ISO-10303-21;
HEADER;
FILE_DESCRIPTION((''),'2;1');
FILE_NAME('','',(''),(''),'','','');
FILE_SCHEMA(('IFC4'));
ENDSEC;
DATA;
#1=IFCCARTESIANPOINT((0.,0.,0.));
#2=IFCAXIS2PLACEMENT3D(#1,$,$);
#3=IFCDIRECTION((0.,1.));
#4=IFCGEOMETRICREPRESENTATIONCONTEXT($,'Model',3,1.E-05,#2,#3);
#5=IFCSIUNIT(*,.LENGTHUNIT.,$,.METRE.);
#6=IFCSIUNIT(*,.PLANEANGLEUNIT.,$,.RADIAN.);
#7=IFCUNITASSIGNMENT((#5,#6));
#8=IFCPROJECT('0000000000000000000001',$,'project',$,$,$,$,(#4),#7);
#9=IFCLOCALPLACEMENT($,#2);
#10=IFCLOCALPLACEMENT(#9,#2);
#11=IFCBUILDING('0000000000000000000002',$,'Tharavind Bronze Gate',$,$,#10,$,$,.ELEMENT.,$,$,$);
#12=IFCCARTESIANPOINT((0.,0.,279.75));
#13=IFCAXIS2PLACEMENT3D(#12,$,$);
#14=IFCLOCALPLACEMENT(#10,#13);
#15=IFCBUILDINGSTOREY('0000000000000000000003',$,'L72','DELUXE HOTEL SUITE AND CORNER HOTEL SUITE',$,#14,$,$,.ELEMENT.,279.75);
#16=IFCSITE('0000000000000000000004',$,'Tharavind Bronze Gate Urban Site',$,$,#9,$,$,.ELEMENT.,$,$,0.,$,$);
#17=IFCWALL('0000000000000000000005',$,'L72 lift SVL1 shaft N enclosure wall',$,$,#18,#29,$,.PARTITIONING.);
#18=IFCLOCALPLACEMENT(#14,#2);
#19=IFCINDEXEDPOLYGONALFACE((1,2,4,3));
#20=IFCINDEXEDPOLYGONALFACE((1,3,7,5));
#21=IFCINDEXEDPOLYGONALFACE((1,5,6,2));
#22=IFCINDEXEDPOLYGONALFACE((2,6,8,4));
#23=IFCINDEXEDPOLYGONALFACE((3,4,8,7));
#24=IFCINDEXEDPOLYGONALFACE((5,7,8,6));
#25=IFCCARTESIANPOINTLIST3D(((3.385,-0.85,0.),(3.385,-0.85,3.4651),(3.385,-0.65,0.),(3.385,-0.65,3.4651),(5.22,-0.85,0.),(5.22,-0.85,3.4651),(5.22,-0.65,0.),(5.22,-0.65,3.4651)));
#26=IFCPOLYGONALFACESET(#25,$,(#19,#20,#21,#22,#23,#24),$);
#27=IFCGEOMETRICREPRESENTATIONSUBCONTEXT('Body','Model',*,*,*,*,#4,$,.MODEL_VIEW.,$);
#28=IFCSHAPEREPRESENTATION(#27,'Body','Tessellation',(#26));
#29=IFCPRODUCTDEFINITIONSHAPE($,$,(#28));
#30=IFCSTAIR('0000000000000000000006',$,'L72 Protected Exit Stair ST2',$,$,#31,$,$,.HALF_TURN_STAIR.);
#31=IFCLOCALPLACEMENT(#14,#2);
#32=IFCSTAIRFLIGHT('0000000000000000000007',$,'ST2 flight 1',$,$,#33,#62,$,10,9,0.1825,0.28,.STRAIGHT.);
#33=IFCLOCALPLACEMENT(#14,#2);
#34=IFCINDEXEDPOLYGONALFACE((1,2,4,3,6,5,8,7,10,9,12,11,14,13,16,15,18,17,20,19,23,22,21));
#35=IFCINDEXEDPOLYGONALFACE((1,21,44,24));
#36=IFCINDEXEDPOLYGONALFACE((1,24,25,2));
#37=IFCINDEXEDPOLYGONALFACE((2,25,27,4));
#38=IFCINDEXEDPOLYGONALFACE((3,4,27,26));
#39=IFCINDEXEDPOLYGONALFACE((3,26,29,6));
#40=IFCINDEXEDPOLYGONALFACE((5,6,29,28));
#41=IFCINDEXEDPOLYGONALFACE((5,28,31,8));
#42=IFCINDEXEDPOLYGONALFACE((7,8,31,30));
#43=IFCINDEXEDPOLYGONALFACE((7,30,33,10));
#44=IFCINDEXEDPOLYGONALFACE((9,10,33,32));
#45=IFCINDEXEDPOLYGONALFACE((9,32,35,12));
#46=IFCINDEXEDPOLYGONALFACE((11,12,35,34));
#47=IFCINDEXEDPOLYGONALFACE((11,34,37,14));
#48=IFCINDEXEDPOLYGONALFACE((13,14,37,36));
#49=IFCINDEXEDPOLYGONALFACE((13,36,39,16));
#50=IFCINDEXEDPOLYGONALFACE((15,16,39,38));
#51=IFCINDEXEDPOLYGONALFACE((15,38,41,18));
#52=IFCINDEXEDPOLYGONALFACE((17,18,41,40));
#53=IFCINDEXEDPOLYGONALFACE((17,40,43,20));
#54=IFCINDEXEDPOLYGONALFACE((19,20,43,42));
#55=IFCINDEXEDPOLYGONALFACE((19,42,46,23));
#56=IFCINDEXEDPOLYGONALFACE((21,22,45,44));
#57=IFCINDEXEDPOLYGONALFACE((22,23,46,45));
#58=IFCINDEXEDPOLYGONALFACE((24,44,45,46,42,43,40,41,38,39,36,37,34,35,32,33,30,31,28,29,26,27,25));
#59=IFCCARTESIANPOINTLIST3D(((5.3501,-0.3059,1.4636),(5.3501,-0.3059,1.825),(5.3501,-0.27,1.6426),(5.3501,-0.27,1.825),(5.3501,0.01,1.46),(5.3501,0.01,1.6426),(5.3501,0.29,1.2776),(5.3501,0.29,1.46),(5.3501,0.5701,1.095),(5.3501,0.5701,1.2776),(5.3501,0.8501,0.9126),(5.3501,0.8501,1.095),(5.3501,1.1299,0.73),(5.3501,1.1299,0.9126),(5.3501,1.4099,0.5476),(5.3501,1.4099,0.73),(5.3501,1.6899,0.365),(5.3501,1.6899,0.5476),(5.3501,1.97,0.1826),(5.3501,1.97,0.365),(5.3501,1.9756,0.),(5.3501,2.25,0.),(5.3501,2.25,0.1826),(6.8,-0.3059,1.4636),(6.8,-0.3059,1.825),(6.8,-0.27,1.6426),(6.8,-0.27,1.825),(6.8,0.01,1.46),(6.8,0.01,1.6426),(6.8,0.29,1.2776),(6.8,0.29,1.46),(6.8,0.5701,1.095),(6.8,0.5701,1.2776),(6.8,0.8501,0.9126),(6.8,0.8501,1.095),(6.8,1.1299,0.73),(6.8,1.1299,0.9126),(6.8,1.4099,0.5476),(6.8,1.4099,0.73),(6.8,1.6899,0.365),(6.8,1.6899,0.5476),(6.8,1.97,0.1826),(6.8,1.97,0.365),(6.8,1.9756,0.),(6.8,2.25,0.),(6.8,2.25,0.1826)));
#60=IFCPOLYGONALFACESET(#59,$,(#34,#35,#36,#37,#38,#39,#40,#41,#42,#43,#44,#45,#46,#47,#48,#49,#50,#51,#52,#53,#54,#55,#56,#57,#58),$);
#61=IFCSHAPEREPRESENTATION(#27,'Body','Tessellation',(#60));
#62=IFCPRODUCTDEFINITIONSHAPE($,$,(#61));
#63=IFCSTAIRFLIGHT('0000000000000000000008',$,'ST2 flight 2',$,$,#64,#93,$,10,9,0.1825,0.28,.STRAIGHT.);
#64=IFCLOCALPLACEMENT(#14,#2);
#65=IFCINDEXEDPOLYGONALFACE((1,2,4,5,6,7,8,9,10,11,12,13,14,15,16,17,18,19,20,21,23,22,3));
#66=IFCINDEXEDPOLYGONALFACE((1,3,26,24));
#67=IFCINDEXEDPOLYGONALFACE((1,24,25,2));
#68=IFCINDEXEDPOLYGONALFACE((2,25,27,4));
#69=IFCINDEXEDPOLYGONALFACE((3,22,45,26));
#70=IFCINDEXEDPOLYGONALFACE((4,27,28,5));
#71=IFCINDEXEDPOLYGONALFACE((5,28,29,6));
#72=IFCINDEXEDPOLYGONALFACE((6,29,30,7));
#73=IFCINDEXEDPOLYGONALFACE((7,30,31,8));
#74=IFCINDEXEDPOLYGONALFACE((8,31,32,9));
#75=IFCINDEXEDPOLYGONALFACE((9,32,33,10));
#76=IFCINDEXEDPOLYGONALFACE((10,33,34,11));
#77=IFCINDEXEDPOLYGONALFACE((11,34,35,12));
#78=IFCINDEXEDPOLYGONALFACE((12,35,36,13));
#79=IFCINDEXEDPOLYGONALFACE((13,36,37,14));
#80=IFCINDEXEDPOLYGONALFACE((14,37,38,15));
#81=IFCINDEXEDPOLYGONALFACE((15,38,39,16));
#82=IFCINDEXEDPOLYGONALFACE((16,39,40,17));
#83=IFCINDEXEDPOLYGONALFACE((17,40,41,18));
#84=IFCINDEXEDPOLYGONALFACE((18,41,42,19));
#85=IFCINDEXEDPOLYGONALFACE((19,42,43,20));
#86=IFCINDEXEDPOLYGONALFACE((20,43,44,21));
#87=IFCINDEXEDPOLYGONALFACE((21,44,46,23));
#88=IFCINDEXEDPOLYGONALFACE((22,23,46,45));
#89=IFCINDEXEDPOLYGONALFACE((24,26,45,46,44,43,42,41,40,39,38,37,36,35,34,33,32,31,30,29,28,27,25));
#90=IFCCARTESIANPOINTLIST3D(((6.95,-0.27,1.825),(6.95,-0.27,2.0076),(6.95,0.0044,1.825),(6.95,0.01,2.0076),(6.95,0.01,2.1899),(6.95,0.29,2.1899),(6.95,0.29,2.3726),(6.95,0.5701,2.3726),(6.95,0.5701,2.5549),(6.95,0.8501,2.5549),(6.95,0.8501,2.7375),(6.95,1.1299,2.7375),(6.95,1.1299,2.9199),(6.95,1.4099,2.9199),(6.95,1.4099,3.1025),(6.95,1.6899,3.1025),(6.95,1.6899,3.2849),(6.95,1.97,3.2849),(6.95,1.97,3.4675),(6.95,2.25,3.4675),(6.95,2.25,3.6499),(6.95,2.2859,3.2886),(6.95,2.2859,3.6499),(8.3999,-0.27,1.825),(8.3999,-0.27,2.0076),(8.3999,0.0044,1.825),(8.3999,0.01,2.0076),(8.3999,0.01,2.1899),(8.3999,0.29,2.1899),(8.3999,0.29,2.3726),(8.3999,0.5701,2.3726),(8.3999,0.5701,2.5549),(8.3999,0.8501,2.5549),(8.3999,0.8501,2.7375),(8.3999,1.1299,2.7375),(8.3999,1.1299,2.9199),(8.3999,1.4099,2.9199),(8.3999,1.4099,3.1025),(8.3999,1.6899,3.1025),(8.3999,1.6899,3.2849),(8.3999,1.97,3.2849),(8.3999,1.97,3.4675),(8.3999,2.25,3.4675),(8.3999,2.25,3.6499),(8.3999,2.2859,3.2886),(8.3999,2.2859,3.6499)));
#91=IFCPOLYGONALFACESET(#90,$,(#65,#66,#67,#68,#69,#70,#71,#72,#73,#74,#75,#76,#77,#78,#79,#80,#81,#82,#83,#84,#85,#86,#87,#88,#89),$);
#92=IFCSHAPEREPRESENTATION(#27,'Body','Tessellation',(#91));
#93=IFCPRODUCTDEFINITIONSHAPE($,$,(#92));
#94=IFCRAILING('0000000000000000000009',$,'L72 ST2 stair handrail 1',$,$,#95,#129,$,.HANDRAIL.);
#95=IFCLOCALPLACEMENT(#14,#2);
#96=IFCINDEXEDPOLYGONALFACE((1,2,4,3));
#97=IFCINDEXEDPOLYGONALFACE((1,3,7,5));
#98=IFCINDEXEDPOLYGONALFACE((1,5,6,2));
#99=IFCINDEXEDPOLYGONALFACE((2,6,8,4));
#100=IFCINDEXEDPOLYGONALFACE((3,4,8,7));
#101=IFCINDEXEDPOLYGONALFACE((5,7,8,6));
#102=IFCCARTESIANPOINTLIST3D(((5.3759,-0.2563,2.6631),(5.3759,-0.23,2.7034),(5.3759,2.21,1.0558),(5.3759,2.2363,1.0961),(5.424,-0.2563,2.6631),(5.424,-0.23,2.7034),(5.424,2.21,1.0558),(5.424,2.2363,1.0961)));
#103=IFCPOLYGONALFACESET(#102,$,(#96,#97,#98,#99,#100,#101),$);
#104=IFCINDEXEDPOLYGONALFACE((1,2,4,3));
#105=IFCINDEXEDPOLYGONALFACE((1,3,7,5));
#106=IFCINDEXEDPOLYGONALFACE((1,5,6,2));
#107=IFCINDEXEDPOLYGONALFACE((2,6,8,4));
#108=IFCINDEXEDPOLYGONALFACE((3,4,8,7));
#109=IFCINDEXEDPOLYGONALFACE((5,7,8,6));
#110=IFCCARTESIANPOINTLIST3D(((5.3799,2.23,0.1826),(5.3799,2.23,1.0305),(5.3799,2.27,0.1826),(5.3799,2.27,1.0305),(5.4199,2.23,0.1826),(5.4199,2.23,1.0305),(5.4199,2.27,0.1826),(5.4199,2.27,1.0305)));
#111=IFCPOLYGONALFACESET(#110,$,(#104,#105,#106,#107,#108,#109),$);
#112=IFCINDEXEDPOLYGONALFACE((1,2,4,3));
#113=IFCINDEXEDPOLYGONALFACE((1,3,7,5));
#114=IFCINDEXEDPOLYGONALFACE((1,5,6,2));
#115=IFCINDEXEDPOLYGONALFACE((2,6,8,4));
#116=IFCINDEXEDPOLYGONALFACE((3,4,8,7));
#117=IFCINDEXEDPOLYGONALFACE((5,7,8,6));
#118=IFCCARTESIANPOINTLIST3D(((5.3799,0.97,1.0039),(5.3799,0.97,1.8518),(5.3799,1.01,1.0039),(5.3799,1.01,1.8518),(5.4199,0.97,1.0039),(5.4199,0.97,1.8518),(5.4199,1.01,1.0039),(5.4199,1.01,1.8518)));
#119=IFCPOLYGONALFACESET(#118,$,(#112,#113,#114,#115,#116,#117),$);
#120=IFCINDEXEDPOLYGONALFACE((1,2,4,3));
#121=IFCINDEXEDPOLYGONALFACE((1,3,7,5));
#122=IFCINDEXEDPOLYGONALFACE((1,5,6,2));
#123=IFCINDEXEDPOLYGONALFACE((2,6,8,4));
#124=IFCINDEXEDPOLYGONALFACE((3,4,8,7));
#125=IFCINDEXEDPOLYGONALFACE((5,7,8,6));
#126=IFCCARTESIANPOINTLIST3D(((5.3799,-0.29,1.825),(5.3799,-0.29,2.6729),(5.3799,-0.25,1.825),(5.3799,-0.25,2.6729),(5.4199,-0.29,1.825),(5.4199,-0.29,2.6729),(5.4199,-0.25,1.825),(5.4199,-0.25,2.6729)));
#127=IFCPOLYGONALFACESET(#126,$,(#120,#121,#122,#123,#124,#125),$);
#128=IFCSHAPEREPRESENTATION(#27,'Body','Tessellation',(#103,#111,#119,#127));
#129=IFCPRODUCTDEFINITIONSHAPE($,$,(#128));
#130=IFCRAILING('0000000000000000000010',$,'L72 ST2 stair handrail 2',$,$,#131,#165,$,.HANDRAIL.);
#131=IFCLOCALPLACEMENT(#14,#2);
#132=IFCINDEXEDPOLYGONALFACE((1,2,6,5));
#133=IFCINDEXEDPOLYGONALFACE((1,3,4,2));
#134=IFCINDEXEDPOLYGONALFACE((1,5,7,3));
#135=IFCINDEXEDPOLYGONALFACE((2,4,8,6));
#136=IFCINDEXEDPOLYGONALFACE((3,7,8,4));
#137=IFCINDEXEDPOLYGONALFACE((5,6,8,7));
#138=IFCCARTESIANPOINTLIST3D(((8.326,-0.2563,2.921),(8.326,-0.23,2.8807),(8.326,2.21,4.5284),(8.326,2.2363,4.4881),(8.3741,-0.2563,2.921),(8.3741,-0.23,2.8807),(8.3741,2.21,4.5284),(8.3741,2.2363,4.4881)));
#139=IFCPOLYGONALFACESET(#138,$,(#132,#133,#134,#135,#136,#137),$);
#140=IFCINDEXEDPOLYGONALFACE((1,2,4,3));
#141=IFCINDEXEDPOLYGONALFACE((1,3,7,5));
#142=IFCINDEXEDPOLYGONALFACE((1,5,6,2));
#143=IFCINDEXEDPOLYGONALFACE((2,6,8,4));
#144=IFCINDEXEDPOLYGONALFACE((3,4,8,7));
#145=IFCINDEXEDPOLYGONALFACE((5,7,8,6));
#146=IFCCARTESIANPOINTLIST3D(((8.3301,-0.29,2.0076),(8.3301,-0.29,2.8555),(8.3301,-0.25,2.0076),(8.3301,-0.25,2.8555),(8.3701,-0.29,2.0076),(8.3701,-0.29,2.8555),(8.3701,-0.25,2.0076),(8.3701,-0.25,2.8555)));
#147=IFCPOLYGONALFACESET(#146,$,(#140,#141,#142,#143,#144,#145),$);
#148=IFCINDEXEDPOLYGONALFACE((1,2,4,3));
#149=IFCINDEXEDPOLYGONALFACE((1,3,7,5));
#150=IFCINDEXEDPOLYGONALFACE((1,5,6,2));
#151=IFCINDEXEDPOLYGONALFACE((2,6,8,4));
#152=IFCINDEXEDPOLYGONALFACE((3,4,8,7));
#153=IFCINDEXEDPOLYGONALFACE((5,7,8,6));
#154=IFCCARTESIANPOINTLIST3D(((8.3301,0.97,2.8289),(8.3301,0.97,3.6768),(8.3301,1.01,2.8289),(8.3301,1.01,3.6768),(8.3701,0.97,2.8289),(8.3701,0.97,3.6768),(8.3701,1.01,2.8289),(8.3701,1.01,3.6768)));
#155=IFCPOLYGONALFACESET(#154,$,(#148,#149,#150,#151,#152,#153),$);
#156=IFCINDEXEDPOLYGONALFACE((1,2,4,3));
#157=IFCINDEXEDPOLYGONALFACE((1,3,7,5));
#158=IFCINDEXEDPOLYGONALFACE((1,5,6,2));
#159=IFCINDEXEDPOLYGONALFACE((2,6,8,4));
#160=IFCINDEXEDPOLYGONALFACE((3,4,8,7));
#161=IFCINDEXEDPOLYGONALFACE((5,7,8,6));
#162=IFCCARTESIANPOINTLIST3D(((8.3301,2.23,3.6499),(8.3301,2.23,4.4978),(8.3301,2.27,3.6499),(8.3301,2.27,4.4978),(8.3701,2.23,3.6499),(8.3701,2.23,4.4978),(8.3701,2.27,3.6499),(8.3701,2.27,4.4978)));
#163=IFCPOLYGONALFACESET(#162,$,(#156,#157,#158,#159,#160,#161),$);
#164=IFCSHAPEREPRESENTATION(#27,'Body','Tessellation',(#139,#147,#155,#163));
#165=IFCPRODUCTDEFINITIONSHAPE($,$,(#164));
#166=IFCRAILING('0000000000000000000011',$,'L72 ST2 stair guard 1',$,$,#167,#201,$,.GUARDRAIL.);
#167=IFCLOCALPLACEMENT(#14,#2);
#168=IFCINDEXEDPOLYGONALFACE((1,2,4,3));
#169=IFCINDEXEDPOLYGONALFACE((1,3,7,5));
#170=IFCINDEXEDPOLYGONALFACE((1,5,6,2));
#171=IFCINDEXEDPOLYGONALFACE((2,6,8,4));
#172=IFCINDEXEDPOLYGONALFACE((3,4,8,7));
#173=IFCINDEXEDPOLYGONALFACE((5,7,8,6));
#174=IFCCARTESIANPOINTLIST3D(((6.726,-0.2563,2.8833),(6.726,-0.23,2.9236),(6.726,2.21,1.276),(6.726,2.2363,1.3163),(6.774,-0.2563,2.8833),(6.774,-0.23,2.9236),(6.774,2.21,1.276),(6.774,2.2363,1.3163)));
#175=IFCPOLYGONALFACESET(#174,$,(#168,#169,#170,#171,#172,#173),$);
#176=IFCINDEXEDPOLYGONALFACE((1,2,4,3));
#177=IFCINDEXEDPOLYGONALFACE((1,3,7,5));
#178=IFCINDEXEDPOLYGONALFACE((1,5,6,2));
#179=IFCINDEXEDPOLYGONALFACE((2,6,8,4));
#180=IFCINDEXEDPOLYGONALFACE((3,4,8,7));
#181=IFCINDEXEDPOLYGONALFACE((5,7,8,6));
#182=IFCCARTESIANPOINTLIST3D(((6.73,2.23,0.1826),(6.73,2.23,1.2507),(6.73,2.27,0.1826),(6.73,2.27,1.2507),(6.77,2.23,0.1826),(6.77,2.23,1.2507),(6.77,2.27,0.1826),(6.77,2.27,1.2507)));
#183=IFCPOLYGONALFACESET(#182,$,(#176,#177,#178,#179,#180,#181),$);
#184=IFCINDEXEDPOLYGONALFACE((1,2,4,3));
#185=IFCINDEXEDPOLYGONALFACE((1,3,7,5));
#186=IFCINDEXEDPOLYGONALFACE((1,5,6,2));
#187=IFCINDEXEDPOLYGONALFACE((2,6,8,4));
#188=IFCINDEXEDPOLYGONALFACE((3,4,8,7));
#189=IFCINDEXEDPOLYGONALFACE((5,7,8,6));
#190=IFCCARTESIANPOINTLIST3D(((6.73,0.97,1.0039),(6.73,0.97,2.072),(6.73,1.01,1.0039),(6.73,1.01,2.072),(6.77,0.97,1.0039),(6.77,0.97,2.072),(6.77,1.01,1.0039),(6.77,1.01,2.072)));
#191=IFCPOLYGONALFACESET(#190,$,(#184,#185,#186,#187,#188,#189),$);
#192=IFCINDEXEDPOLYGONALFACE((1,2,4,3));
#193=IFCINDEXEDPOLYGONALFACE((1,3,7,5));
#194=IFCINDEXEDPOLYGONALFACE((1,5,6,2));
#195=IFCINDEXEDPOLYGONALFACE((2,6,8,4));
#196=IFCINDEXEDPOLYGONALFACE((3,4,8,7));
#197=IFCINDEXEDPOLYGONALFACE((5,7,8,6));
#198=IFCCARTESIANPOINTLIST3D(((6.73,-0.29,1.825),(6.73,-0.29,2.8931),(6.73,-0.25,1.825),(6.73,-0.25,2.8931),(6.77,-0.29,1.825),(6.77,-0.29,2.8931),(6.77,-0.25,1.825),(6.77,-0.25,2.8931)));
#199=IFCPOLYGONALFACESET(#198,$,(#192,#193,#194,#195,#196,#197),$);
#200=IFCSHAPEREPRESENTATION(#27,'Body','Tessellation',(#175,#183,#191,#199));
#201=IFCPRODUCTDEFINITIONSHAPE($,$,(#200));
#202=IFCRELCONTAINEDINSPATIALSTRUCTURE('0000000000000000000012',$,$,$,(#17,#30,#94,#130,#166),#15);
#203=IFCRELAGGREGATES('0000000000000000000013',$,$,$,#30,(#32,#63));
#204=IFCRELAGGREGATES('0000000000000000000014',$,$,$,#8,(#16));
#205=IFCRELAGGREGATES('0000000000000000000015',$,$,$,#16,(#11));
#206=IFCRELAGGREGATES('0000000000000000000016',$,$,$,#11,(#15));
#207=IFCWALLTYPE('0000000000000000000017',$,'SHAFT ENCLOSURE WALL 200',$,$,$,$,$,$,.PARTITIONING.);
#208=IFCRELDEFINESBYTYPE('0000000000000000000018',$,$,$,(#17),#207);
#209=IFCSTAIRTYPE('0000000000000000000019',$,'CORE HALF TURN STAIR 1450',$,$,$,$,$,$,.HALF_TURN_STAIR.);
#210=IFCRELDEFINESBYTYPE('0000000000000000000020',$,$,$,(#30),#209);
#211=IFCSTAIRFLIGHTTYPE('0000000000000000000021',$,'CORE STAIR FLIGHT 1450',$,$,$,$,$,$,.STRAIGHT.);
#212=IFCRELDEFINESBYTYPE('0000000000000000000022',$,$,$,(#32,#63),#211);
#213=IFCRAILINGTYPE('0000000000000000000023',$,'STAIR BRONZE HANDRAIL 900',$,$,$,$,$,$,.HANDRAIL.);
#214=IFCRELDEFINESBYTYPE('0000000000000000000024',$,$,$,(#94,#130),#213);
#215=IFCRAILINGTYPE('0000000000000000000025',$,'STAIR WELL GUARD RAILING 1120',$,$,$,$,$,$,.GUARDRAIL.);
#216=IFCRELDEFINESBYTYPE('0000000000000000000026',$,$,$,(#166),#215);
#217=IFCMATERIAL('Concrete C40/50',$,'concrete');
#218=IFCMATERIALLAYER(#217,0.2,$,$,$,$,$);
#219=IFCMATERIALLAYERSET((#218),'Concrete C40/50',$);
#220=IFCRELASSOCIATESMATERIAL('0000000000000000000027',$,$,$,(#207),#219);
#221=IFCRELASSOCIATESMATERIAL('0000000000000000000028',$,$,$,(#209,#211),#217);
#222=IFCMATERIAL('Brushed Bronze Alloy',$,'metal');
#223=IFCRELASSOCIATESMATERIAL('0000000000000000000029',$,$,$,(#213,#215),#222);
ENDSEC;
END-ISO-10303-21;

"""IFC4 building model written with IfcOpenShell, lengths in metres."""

from ifc_helpers import new_model, si_unit, direction, frame, frame_2d, origin, origin_2d, place, context, subcontext, project, spatial, polyline, rectangle, outline, extrude, material, layer, layer_set, type_object, element, aggregate, save


model = new_model("IFC4")

# Units and contexts
model_context = context("Model", 3, precision=1e-05, world=origin(), true_north=direction((0.0, 1.0)))
body_context = subcontext(model_context, "Body", "Model", "MODEL_VIEW")
ifc_project = project(units=[si_unit("LENGTHUNIT", "METRE"), si_unit("PLANEANGLEUNIT", "RADIAN")], contexts=[model_context])

# Site, building, storey
site_placement = place(None, origin())
site = spatial("IfcSite", under=ifc_project, at=site_placement, Name="Tharavind Bronze Gate Urban Site", CompositionType="ELEMENT", RefElevation=0.0)
building_placement = place(site_placement, origin())
building = spatial("IfcBuilding", under=site, at=building_placement, Name="Tharavind Bronze Gate", CompositionType="ELEMENT")
storey_placement = place(building_placement, frame((0.0, 0.0, 279.75)))
storey = spatial("IfcBuildingStorey", under=building, at=storey_placement, Name="L72", Description="DELUXE HOTEL SUITE AND CORNER HOTEL SUITE", CompositionType="ELEMENT", Elevation=279.75)

# Wall
ifc_material_1 = material(Name="Concrete C40/50", Category="concrete")
ifc_layer_1 = layer(ifc_material_1, 0.2)
ifc_layer_set_1 = layer_set([ifc_layer_1], Name="Concrete C40/50")
wall_type_1 = type_object("IfcWallType", Name="SHAFT ENCLOSURE WALL 200", PredefinedType="PARTITIONING", material=ifc_layer_set_1)
for number, where, z_axis, x_axis, name in (
    (1, (3.385, -0.75, 0.0), (0.0, 0.0, 1.0), (1.0, 0.0, 0.0), "L72 lift SVL1 shaft N enclosure wall"),
):
    element("IfcWall", number, at=place(storey_placement, frame(where, z_axis=z_axis, x_axis=x_axis)), inside=storey, type_object=wall_type_1, Name=name, PredefinedType="PARTITIONING", context=body_context, shape_type="SweptSolid", body=[
        extrude(rectangle(XDim=1.835, YDim=0.2, at=frame_2d((0.9175, 0.0))), origin(), (0.0, 0.0, 1.0), 3.4651),
    ])

# Stair, stair flights
stair_type = type_object("IfcStairType", Name="CORE HALF TURN STAIR 1450", PredefinedType="HALF_TURN_STAIR", material=ifc_material_1)
stair_placement = place(storey_placement, origin())
stair = element("IfcStair", 2, at=stair_placement, inside=storey, type_object=stair_type, Name="L72 Protected Exit Stair ST2", PredefinedType="HALF_TURN_STAIR")
stair_flight_type = type_object("IfcStairFlightType", Name="CORE STAIR FLIGHT 1450", PredefinedType="STRAIGHT", material=ifc_material_1)
stair_flight_1_placement = place(storey_placement, frame((6.075, 2.25, 0.0), z_axis=(0.0, 0.0, 1.0), x_axis=(0.0, -1.0, 0.0)))
stair_flight_1 = element("IfcStairFlight", 3, at=stair_flight_1_placement, type_object=stair_flight_type, Name="ST2 flight 1", NumberOfRisers=10, NumberOfTreads=9, PredefinedType="STRAIGHT", RiserHeight=0.1825, TreadLength=0.28, context=body_context, shape_type="SweptSolid", body=[
    extrude(outline(polyline([(0.0, 0.0), (0.0, 0.1826), (0.28, 0.1826), (0.28, 0.365), (0.5601, 0.365), (0.5601, 0.5476), (0.8401, 0.5476), (0.8401, 0.73), (1.1201, 0.73), (1.1201, 0.9126), (1.3999, 0.9126), (1.3999, 1.095), (1.6799, 1.095), (1.6799, 1.2776), (1.96, 1.2776), (1.96, 1.46), (2.24, 1.46), (2.24, 1.6426), (2.52, 1.6426), (2.52, 1.825), (2.5559, 1.825), (2.5559, 1.4636), (0.2744, 0.0), (0.0, 0.0)])), frame((0.0, 0.7251, 0.0), z_axis=(0.0, -1.0, 0.0), x_axis=(1.0, 0.0, 0.0)), (0.0, 0.0, 1.0), 1.45),
])
stair_flight_2_placement = place(storey_placement, frame((7.675, -0.27, 1.825), z_axis=(0.0, 0.0, 1.0), x_axis=(0.0, 1.0, 0.0)))
stair_flight_2 = element("IfcStairFlight", 4, at=stair_flight_2_placement, type_object=stair_flight_type, Name="ST2 flight 2", NumberOfRisers=10, NumberOfTreads=9, PredefinedType="STRAIGHT", RiserHeight=0.1825, TreadLength=0.28, context=body_context, shape_type="SweptSolid", body=[
    extrude(outline(polyline([(0.0, 0.0), (0.0, 0.1826), (0.28, 0.1826), (0.28, 0.365), (0.5601, 0.365), (0.5601, 0.5476), (0.8401, 0.5476), (0.8401, 0.73), (1.1201, 0.73), (1.1201, 0.9126), (1.3999, 0.9126), (1.3999, 1.095), (1.6799, 1.095), (1.6799, 1.2776), (1.96, 1.2776), (1.96, 1.46), (2.24, 1.46), (2.24, 1.6426), (2.52, 1.6426), (2.52, 1.825), (2.5559, 1.825), (2.5559, 1.4636), (0.2744, 0.0), (0.0, 0.0)])), frame((0.0, 0.7251, 0.0), z_axis=(0.0, -1.0, 0.0), x_axis=(1.0, 0.0, 0.0)), (0.0, 0.0, 1.0), 1.45),
])
aggregate(stair, [stair_flight_1, stair_flight_2])

# Railings
ifc_material_2 = material(Name="Brushed Bronze Alloy", Category="metal")
railing_type_1 = type_object("IfcRailingType", Name="STAIR BRONZE HANDRAIL 900", PredefinedType="HANDRAIL", material=ifc_material_2)
railing_1_placement = place(storey_placement, frame((5.3999, 2.25, 0.1826)))
element("IfcRailing", 5, at=railing_1_placement, inside=storey, type_object=railing_type_1, Name="L72 ST2 stair handrail 1", PredefinedType="HANDRAIL", context=body_context, shape_type="SweptSolid", body=[
    extrude(rectangle(XDim=0.0481, YDim=0.0481, at=origin_2d()), frame((0.0, -0.0269, 0.8933), z_axis=(0.0, -0.837787, 0.545998), x_axis=(1.0, 0.0, 0.0)), (0.0, 0.0, 1.0), 2.9438),
    extrude(rectangle(XDim=0.04, YDim=0.04, at=origin_2d()), origin(), (0.0, 0.0, 1.0), 0.8479),
    extrude(rectangle(XDim=0.04, YDim=0.04, at=origin_2d()), frame((0.0, -1.26, 0.8213)), (0.0, 0.0, 1.0), 0.8479),
    extrude(rectangle(XDim=0.04, YDim=0.04, at=origin_2d()), frame((0.0, -2.52, 1.6423)), (0.0, 0.0, 1.0), 0.8479),
])
railing_2_placement = place(storey_placement, frame((8.3501, -0.27, 2.0076)))
element("IfcRailing", 6, at=railing_2_placement, inside=storey, type_object=railing_type_1, Name="L72 ST2 stair handrail 2", PredefinedType="HANDRAIL", context=body_context, shape_type="SweptSolid", body=[
    extrude(rectangle(XDim=0.0481, YDim=0.0481, at=origin_2d()), frame((0.0, 0.0269, 0.8933), z_axis=(0.0, 0.837787, 0.545998), x_axis=(-1.0, 0.0, 0.0)), (0.0, 0.0, 1.0), 2.9438),
    extrude(rectangle(XDim=0.04, YDim=0.04, at=origin_2d()), origin(), (0.0, 0.0, 1.0), 0.8479),
    extrude(rectangle(XDim=0.04, YDim=0.04, at=origin_2d()), frame((0.0, 1.26, 0.8213)), (0.0, 0.0, 1.0), 0.8479),
    extrude(rectangle(XDim=0.04, YDim=0.04, at=origin_2d()), frame((0.0, 2.52, 1.6423)), (0.0, 0.0, 1.0), 0.8479),
])
railing_type_2 = type_object("IfcRailingType", Name="STAIR WELL GUARD RAILING 1120", PredefinedType="GUARDRAIL", material=ifc_material_2)
railing_3_placement = place(storey_placement, frame((6.75, 2.25, 0.1826)))
element("IfcRailing", 7, at=railing_3_placement, inside=storey, type_object=railing_type_2, Name="L72 ST2 stair guard 1", PredefinedType="GUARDRAIL", context=body_context, shape_type="SweptSolid", body=[
    extrude(rectangle(XDim=0.0481, YDim=0.0481, at=origin_2d()), frame((0.0, -0.0269, 1.1135), z_axis=(0.0, -0.837787, 0.545998), x_axis=(1.0, 0.0, 0.0)), (0.0, 0.0, 1.0), 2.9438),
    extrude(rectangle(XDim=0.04, YDim=0.04, at=origin_2d()), origin(), (0.0, 0.0, 1.0), 1.0681),
    extrude(rectangle(XDim=0.04, YDim=0.04, at=origin_2d()), frame((0.0, -1.26, 0.8213)), (0.0, 0.0, 1.0), 1.0681),
    extrude(rectangle(XDim=0.04, YDim=0.04, at=origin_2d()), frame((0.0, -2.52, 1.6423)), (0.0, 0.0, 1.0), 1.0681),
])

save(model, "model.ifc")
